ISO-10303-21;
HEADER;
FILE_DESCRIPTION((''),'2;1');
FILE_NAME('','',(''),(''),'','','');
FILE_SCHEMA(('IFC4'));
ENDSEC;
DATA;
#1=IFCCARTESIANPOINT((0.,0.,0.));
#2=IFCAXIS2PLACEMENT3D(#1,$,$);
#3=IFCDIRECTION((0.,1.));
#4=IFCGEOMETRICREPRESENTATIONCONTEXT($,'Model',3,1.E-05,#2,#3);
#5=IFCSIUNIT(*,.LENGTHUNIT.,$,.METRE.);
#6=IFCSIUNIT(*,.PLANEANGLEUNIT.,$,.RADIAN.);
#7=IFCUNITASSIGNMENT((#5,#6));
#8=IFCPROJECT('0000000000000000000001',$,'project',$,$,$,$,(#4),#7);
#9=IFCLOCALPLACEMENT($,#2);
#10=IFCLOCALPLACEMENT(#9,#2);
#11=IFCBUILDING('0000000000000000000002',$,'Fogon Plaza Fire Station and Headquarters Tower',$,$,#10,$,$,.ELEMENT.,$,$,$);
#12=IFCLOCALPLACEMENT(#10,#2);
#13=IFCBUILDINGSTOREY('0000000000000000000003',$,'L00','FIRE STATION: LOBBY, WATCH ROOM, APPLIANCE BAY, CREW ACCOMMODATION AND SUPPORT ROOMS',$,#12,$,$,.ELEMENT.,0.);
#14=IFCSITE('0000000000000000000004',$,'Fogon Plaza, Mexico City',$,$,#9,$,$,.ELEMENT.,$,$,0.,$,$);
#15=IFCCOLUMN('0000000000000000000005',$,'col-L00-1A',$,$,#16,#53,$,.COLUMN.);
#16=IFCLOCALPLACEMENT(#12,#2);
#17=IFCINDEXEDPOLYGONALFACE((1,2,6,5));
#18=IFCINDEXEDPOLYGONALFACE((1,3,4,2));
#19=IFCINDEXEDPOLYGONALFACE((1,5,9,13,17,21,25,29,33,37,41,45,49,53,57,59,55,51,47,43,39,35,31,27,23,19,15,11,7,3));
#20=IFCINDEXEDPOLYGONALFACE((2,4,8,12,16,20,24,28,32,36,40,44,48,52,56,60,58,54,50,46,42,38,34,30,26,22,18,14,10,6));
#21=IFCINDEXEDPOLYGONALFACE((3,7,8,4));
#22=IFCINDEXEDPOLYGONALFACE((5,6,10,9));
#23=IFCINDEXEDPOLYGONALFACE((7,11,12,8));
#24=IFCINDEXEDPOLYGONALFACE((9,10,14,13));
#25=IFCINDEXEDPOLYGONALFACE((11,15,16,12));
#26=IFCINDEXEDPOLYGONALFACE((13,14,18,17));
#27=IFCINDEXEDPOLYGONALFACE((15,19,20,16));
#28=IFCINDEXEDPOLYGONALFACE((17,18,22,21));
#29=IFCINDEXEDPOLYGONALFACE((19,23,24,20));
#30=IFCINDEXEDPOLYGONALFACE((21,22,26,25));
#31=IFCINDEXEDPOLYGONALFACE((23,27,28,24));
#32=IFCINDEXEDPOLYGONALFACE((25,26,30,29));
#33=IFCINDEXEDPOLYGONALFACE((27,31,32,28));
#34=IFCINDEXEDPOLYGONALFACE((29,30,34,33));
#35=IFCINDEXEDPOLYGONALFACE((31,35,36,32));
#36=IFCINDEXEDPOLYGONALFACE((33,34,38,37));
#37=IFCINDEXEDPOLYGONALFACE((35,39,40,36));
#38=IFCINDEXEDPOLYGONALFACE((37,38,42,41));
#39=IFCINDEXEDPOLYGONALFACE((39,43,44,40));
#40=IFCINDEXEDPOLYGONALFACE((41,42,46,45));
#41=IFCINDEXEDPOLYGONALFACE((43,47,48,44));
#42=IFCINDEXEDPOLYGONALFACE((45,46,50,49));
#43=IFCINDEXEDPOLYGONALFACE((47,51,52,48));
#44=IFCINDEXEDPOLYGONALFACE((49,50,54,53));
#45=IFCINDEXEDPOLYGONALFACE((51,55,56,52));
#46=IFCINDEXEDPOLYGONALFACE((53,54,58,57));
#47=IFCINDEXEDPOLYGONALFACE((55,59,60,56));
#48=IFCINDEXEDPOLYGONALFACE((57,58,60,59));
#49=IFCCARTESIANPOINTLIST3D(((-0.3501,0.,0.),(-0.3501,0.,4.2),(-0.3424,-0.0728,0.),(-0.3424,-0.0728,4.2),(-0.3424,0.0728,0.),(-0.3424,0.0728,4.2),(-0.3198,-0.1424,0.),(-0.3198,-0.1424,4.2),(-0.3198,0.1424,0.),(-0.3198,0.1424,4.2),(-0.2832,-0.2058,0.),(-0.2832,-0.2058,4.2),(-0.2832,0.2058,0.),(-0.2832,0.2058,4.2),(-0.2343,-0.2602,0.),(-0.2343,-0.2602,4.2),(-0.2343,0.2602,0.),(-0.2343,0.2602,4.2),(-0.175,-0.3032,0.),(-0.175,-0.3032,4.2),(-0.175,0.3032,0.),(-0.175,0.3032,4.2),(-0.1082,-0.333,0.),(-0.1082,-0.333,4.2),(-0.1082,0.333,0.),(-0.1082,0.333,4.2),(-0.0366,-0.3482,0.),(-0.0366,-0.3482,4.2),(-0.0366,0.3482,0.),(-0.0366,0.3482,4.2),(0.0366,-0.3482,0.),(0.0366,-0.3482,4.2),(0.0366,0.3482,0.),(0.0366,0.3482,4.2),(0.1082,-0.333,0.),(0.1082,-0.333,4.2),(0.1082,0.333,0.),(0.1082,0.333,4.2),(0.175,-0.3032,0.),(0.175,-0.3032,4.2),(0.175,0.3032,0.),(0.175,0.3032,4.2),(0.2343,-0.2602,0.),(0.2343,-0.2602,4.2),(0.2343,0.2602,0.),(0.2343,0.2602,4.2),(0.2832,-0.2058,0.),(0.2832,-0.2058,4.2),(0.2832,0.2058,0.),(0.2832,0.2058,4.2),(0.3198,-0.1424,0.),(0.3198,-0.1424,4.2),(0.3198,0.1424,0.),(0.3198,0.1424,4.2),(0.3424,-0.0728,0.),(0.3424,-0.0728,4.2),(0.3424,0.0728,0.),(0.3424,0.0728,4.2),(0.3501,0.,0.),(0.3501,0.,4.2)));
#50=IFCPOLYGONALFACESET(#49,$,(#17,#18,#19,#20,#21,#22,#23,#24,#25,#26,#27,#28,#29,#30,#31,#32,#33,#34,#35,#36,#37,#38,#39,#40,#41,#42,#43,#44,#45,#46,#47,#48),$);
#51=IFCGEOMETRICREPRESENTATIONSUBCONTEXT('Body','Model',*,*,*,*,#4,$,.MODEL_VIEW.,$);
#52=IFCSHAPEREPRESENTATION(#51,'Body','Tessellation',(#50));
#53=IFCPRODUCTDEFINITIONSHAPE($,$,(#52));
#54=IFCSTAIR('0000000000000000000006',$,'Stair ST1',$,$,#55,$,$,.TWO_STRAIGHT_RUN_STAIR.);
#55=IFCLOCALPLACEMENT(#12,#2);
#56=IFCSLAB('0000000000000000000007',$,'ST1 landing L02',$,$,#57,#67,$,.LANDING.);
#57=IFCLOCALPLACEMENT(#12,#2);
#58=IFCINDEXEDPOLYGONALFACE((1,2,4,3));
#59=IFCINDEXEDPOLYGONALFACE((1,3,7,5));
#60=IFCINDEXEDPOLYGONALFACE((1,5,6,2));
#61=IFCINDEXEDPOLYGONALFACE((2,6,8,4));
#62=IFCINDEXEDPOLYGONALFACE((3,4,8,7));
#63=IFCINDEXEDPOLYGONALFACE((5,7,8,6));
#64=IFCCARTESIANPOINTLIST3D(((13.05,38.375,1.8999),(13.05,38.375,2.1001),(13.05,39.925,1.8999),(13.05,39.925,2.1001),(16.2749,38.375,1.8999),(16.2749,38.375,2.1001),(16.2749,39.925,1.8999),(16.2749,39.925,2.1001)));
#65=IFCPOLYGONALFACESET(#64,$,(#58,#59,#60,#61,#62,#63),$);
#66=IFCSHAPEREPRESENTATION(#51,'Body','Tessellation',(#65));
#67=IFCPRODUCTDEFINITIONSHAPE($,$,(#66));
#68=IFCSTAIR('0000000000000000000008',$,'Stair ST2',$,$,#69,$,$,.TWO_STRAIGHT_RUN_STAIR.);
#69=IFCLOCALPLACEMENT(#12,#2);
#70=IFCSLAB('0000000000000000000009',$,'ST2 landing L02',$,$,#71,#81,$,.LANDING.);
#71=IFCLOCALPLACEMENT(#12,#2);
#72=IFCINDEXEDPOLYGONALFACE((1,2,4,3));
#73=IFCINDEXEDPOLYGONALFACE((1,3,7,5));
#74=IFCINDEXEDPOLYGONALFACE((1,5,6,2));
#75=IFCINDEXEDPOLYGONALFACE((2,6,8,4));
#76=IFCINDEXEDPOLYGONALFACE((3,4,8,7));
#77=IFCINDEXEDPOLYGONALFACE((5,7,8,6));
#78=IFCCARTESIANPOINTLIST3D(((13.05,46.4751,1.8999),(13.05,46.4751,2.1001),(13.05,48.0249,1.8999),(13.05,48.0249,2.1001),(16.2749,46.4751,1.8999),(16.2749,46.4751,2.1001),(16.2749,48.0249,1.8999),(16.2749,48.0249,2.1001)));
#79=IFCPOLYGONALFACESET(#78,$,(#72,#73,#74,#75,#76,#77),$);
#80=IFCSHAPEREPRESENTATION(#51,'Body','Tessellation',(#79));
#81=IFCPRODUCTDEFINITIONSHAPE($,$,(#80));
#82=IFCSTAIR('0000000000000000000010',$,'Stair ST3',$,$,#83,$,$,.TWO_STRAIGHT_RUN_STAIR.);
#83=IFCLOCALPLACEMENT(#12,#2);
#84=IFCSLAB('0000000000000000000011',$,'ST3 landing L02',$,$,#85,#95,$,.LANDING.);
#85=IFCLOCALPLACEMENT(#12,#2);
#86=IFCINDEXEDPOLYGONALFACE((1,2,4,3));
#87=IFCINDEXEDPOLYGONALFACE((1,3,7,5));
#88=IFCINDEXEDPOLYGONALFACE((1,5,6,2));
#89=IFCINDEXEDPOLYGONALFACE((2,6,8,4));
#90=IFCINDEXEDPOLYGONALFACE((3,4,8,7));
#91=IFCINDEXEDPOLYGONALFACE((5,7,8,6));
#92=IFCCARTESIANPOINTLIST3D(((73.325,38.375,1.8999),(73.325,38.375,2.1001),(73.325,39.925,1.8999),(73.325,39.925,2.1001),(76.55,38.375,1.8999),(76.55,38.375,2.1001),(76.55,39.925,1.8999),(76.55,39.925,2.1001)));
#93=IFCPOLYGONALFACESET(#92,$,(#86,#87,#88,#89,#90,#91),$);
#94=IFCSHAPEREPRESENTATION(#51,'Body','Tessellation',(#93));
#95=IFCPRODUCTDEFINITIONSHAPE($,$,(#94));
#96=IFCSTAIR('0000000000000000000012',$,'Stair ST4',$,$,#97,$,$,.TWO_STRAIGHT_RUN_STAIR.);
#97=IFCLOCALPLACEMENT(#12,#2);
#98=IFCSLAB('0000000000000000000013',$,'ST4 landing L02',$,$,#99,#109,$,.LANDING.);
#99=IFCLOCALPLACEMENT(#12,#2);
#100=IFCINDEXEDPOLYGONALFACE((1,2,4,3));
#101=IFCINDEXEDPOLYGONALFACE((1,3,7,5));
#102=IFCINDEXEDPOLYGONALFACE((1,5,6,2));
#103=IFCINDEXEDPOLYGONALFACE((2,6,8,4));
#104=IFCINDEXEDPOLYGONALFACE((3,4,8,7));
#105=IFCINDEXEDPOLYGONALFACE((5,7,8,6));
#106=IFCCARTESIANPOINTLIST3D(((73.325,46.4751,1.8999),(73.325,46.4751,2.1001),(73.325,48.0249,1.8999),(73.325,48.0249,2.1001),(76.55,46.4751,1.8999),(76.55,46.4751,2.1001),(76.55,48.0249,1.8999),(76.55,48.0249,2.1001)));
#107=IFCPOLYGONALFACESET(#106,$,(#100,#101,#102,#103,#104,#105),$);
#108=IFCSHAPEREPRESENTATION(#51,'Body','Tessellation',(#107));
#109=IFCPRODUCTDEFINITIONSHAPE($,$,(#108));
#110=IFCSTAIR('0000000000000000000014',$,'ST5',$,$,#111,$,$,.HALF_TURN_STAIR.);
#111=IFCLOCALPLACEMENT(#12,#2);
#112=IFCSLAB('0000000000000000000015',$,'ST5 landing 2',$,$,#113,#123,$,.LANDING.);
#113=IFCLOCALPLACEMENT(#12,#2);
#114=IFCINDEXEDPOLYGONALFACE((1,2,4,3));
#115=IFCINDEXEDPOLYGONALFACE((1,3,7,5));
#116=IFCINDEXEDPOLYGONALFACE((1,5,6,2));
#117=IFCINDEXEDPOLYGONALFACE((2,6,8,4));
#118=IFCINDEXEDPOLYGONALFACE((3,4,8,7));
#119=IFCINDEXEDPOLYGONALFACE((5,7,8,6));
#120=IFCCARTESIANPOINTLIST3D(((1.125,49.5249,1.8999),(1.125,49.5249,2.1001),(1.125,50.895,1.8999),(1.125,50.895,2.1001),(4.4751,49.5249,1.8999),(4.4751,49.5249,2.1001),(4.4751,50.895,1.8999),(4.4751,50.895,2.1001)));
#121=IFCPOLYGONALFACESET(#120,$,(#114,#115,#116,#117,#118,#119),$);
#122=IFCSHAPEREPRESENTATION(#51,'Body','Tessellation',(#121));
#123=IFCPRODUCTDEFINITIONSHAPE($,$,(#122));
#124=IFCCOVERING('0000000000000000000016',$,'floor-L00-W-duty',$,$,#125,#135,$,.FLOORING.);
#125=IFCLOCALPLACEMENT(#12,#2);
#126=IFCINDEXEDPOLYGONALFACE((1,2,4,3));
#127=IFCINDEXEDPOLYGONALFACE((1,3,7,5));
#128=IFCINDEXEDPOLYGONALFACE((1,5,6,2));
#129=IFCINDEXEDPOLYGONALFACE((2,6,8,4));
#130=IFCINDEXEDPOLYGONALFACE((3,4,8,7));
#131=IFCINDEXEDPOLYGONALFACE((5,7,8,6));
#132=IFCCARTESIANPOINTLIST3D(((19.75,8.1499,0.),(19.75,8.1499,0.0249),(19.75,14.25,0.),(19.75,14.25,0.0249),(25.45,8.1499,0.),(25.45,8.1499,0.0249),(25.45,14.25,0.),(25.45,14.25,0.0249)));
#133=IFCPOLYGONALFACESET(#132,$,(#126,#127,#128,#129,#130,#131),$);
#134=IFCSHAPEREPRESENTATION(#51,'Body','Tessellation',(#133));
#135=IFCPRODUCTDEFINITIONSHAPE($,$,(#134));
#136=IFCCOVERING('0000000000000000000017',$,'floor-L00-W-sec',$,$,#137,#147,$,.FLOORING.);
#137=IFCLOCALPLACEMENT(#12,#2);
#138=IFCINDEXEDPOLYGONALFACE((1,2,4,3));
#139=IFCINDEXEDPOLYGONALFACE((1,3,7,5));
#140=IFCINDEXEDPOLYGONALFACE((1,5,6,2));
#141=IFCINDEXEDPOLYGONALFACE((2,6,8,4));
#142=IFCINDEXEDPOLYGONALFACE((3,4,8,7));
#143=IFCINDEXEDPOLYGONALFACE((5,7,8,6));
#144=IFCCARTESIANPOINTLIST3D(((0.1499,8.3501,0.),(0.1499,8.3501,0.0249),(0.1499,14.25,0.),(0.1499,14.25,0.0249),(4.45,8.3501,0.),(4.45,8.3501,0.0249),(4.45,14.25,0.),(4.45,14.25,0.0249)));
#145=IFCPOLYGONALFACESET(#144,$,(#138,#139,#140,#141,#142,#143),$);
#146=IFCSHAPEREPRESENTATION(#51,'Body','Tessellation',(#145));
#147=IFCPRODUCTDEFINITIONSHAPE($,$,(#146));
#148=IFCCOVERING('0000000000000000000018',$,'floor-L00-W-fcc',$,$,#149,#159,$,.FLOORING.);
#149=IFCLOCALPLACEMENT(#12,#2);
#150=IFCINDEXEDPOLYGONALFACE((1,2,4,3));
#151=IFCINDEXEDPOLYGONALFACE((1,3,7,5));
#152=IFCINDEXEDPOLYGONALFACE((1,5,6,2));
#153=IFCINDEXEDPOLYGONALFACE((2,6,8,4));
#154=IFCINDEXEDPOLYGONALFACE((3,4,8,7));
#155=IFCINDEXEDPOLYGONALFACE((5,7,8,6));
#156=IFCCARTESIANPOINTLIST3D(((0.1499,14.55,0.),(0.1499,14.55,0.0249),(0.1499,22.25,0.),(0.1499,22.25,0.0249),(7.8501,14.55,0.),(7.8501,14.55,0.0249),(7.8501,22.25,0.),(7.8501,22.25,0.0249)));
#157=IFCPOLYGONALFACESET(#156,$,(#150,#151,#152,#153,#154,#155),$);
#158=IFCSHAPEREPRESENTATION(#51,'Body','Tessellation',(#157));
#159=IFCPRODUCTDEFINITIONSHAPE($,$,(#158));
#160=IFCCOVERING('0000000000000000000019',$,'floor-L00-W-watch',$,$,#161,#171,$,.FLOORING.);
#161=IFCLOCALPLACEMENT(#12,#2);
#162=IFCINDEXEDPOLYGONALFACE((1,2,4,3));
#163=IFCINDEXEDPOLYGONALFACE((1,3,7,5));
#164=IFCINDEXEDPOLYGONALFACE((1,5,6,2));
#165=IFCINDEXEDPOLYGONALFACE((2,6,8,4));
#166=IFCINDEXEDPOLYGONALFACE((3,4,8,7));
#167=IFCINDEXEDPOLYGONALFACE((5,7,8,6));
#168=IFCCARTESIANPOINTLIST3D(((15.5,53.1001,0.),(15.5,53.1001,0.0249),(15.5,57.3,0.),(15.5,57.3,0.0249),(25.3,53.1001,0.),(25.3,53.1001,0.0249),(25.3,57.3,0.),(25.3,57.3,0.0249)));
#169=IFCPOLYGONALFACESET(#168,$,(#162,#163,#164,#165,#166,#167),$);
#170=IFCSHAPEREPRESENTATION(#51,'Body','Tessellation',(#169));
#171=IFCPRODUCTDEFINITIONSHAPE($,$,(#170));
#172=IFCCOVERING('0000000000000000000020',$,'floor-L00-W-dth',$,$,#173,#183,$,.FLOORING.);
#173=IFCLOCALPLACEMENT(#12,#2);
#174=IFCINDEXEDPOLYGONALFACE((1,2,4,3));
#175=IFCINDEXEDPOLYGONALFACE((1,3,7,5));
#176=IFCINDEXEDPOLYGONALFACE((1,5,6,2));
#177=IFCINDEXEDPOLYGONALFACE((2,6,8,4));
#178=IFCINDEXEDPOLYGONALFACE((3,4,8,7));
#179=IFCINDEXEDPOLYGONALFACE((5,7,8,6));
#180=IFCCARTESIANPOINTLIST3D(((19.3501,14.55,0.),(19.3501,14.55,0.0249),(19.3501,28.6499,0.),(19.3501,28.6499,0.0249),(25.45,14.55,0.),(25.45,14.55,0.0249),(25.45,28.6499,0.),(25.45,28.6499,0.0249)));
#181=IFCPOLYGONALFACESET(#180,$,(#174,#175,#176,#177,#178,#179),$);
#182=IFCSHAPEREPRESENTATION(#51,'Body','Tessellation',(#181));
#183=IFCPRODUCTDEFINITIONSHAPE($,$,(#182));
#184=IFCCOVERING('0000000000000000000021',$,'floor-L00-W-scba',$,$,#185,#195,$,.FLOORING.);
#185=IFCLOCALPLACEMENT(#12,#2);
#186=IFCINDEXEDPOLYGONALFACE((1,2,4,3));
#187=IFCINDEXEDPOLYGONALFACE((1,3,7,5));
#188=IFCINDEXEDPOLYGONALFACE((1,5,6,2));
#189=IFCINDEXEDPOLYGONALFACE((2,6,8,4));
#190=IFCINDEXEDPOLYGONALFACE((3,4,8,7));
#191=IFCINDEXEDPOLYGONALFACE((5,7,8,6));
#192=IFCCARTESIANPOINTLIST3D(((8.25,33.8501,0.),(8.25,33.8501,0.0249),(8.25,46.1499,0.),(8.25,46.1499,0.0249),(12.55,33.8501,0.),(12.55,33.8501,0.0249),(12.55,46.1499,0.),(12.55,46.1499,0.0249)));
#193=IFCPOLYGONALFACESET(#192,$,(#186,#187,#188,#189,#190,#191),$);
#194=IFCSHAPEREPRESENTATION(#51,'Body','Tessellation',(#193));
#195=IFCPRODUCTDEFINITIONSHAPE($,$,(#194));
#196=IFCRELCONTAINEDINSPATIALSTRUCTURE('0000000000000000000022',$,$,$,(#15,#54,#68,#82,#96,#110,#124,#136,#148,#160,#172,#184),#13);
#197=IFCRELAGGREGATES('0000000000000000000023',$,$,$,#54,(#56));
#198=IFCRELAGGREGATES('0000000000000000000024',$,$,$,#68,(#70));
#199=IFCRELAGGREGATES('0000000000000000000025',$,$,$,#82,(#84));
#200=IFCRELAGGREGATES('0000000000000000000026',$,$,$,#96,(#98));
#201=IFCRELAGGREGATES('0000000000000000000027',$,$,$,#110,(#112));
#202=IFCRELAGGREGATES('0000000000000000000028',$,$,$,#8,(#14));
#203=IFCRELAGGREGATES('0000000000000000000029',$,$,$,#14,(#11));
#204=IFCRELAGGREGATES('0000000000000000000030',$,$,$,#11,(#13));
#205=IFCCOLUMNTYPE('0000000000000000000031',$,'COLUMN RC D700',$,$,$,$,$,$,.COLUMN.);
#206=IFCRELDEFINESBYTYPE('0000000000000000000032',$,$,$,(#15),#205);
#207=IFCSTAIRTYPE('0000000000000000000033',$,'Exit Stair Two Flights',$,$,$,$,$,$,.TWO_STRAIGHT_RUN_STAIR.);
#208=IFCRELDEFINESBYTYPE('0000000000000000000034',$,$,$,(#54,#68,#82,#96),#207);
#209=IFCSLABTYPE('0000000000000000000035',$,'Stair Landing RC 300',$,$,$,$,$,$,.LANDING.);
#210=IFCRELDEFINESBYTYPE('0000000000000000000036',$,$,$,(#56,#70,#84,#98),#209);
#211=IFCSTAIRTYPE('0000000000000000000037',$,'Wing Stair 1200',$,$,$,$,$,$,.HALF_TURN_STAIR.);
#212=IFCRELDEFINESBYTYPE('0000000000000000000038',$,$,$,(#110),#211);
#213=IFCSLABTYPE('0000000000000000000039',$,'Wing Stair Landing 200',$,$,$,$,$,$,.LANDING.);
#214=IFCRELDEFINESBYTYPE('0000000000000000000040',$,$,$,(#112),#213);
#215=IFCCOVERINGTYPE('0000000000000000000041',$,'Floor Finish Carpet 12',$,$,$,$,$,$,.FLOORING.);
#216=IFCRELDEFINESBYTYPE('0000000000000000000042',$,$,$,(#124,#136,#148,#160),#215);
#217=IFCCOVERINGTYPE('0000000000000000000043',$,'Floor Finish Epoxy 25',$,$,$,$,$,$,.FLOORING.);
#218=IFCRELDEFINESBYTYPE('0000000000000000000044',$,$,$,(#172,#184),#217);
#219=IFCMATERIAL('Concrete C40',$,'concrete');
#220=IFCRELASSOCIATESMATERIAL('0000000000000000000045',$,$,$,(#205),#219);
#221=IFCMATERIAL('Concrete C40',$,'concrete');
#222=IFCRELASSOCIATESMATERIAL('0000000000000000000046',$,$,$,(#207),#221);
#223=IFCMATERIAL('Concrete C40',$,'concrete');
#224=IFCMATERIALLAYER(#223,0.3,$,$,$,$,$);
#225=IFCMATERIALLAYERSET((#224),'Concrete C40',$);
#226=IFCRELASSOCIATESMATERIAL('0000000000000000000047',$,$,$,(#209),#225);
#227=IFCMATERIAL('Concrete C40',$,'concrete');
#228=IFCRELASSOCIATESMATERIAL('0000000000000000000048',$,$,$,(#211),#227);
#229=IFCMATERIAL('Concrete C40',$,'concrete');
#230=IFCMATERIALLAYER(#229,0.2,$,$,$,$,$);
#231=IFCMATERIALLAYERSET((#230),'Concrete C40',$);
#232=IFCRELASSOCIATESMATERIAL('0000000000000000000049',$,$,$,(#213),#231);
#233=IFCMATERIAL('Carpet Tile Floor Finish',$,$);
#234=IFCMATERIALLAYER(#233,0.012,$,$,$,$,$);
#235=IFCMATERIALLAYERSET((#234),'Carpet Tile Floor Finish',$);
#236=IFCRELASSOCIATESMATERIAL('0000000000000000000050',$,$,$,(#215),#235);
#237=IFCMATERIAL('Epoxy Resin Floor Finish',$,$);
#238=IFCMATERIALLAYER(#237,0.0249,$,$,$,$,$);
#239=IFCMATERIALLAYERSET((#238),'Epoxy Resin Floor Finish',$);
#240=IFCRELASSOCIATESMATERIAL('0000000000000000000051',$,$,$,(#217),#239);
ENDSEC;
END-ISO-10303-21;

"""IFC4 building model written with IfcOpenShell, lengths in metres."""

from ifc_helpers import new_model, si_unit, direction, frame, origin, origin_with_axes, origin_2d, place, context, subcontext, project, spatial, polyline, circle, outline, extrude, material, layer, layer_set, material_profile, profile_set, type_object, element, aggregate, save


model = new_model("IFC4")

# Units and contexts
model_context = context("Model", 3, precision=1e-05, world=origin(), true_north=direction((0.0, 1.0)))
body_context = subcontext(model_context, "Body", "Model", "MODEL_VIEW")
ifc_project = project(units=[si_unit("LENGTHUNIT", "METRE"), si_unit("PLANEANGLEUNIT", "RADIAN")], contexts=[model_context])

# Site, building, storey
site_placement = place(None, origin())
site = spatial("IfcSite", under=ifc_project, at=site_placement, Name="Fogon Plaza, Mexico City", CompositionType="ELEMENT", RefElevation=0.0)
building_placement = place(site_placement, origin())
building = spatial("IfcBuilding", under=site, at=building_placement, Name="Fogon Plaza Fire Station and Headquarters Tower", CompositionType="ELEMENT")
storey_placement = place(building_placement, origin())
storey = spatial("IfcBuildingStorey", under=building, at=storey_placement, Name="L00", Description="FIRE STATION: LOBBY, WATCH ROOM, APPLIANCE BAY, CREW ACCOMMODATION AND SUPPORT ROOMS", CompositionType="ELEMENT", Elevation=0.0)

# Column
ifc_material_1 = material(Name="Concrete C40", Category="concrete")
ifc_material_profile = material_profile(ifc_material_1, circle(Radius=0.3501, at=origin_2d()), Name="RC D700")
ifc_profile_set = profile_set([ifc_material_profile], Name="Concrete C40")
column_type = type_object("IfcColumnType", Name="COLUMN RC D700", PredefinedType="COLUMN", material=ifc_profile_set)
column_placement = place(storey_placement, origin_with_axes())
element("IfcColumn", 1, at=column_placement, inside=storey, type_object=column_type, Name="col-L00-1A", PredefinedType="COLUMN", context=body_context, shape_type="SweptSolid", body=[
    extrude(circle(Radius=0.3501, at=origin_2d()), origin(), (0.0, 0.0, 1.0), 4.2),
])

# Stairs, slabs
ifc_material_2 = material(Name="Concrete C40", Category="concrete")
stair_type_1 = type_object("IfcStairType", Name="Exit Stair Two Flights", PredefinedType="TWO_STRAIGHT_RUN_STAIR", material=ifc_material_2)
stair_1_placement = place(storey_placement, origin())
stair_1 = element("IfcStair", 2, at=stair_1_placement, inside=storey, type_object=stair_type_1, Name="Stair ST1", PredefinedType="TWO_STRAIGHT_RUN_STAIR")
ifc_material_3 = material(Name="Concrete C40", Category="concrete")
ifc_layer_1 = layer(ifc_material_3, 0.3)
ifc_layer_set_1 = layer_set([ifc_layer_1], Name="Concrete C40")
slab_type_1 = type_object("IfcSlabType", Name="Stair Landing RC 300", PredefinedType="LANDING", material=ifc_layer_set_1)
slab_1_placement = place(storey_placement, frame((0.0, 0.0, 1.8999)))
slab_1 = element("IfcSlab", 3, at=slab_1_placement, type_object=slab_type_1, Name="ST1 landing L02", PredefinedType="LANDING", context=body_context, shape_type="SweptSolid", body=[
    extrude(outline(polyline([(16.2749, 38.375), (16.2749, 39.925), (13.05, 39.925), (13.05, 38.375), (16.2749, 38.375)])), origin(), (0.0, 0.0, 1.0), 0.2002),
])
aggregate(stair_1, [slab_1])
stair_2_placement = place(storey_placement, origin())
stair_2 = element("IfcStair", 4, at=stair_2_placement, inside=storey, type_object=stair_type_1, Name="Stair ST2", PredefinedType="TWO_STRAIGHT_RUN_STAIR")
slab_2_placement = place(storey_placement, frame((0.0, 0.0, 1.8999)))
slab_2 = element("IfcSlab", 5, at=slab_2_placement, type_object=slab_type_1, Name="ST2 landing L02", PredefinedType="LANDING", context=body_context, shape_type="SweptSolid", body=[
    extrude(outline(polyline([(16.2749, 46.4751), (16.2749, 48.0249), (13.05, 48.0249), (13.05, 46.4751), (16.2749, 46.4751)])), origin(), (0.0, 0.0, 1.0), 0.2002),
])
aggregate(stair_2, [slab_2])
stair_3_placement = place(storey_placement, origin())
stair_3 = element("IfcStair", 6, at=stair_3_placement, inside=storey, type_object=stair_type_1, Name="Stair ST3", PredefinedType="TWO_STRAIGHT_RUN_STAIR")
slab_3_placement = place(storey_placement, frame((0.0, 0.0, 1.8999)))
slab_3 = element("IfcSlab", 7, at=slab_3_placement, type_object=slab_type_1, Name="ST3 landing L02", PredefinedType="LANDING", context=body_context, shape_type="SweptSolid", body=[
    extrude(outline(polyline([(73.325, 38.375), (76.55, 38.375), (76.55, 39.925), (73.325, 39.925), (73.325, 38.375)])), origin(), (0.0, 0.0, 1.0), 0.2002),
])
aggregate(stair_3, [slab_3])
stair_4_placement = place(storey_placement, origin())
stair_4 = element("IfcStair", 8, at=stair_4_placement, inside=storey, type_object=stair_type_1, Name="Stair ST4", PredefinedType="TWO_STRAIGHT_RUN_STAIR")
slab_4_placement = place(storey_placement, frame((0.0, 0.0, 1.8999)))
slab_4 = element("IfcSlab", 9, at=slab_4_placement, type_object=slab_type_1, Name="ST4 landing L02", PredefinedType="LANDING", context=body_context, shape_type="SweptSolid", body=[
    extrude(outline(polyline([(73.325, 46.4751), (76.55, 46.4751), (76.55, 48.0249), (73.325, 48.0249), (73.325, 46.4751)])), origin(), (0.0, 0.0, 1.0), 0.2002),
])
aggregate(stair_4, [slab_4])
ifc_material_4 = material(Name="Concrete C40", Category="concrete")
stair_type_2 = type_object("IfcStairType", Name="Wing Stair 1200", PredefinedType="HALF_TURN_STAIR", material=ifc_material_4)
stair_5_placement = place(storey_placement, origin())
stair_5 = element("IfcStair", 10, at=stair_5_placement, inside=storey, type_object=stair_type_2, Name="ST5", PredefinedType="HALF_TURN_STAIR")
ifc_material_5 = material(Name="Concrete C40", Category="concrete")
ifc_layer_2 = layer(ifc_material_5, 0.2)
ifc_layer_set_2 = layer_set([ifc_layer_2], Name="Concrete C40")
slab_type_2 = type_object("IfcSlabType", Name="Wing Stair Landing 200", PredefinedType="LANDING", material=ifc_layer_set_2)
slab_5_placement = place(storey_placement, frame((0.0, 0.0, 1.8999)))
slab_5 = element("IfcSlab", 11, at=slab_5_placement, type_object=slab_type_2, Name="ST5 landing 2", PredefinedType="LANDING", context=body_context, shape_type="SweptSolid", body=[
    extrude(outline(polyline([(1.125, 49.5249), (4.4751, 49.5249), (4.4751, 50.895), (1.125, 50.895), (1.125, 49.5249)])), origin(), (0.0, 0.0, 1.0), 0.2002),
])
aggregate(stair_5, [slab_5])

# Coverings
ifc_material_6 = material(Name="Carpet Tile Floor Finish")
ifc_layer_3 = layer(ifc_material_6, 0.012)
ifc_layer_set_3 = layer_set([ifc_layer_3], Name="Carpet Tile Floor Finish")
covering_type_1 = type_object("IfcCoveringType", Name="Floor Finish Carpet 12", PredefinedType="FLOORING", material=ifc_layer_set_3)
covering_1_placement = place(storey_placement, origin())
element("IfcCovering", 12, at=covering_1_placement, inside=storey, type_object=covering_type_1, Name="floor-L00-W-duty", PredefinedType="FLOORING", context=body_context, shape_type="SweptSolid", body=[
    extrude(outline(polyline([(19.75, 8.1499), (19.75, 14.25), (25.45, 14.25), (25.45, 8.1499), (19.75, 8.1499)])), origin(), (0.0, 0.0, 1.0), 0.0249),
])
covering_2_placement = place(storey_placement, origin())
element("IfcCovering", 13, at=covering_2_placement, inside=storey, type_object=covering_type_1, Name="floor-L00-W-sec", PredefinedType="FLOORING", context=body_context, shape_type="SweptSolid", body=[
    extrude(outline(polyline([(0.1499, 8.3501), (0.1499, 14.25), (4.45, 14.25), (4.45, 8.3501), (0.1499, 8.3501)])), origin(), (0.0, 0.0, 1.0), 0.0249),
])
covering_3_placement = place(storey_placement, origin())
element("IfcCovering", 14, at=covering_3_placement, inside=storey, type_object=covering_type_1, Name="floor-L00-W-fcc", PredefinedType="FLOORING", context=body_context, shape_type="SweptSolid", body=[
    extrude(outline(polyline([(0.1499, 14.55), (0.1499, 22.25), (7.8501, 22.25), (7.8501, 14.55), (0.1499, 14.55)])), origin(), (0.0, 0.0, 1.0), 0.0249),
])
covering_4_placement = place(storey_placement, origin())
element("IfcCovering", 15, at=covering_4_placement, inside=storey, type_object=covering_type_1, Name="floor-L00-W-watch", PredefinedType="FLOORING", context=body_context, shape_type="SweptSolid", body=[
    extrude(outline(polyline([(15.5, 53.1001), (15.5, 57.3), (25.3, 57.3), (25.3, 53.1001), (15.5, 53.1001)])), origin(), (0.0, 0.0, 1.0), 0.0249),
])
ifc_material_7 = material(Name="Epoxy Resin Floor Finish")
ifc_layer_4 = layer(ifc_material_7, 0.0249)
ifc_layer_set_4 = layer_set([ifc_layer_4], Name="Epoxy Resin Floor Finish")
covering_type_2 = type_object("IfcCoveringType", Name="Floor Finish Epoxy 25", PredefinedType="FLOORING", material=ifc_layer_set_4)
covering_5_placement = place(storey_placement, origin())
element("IfcCovering", 16, at=covering_5_placement, inside=storey, type_object=covering_type_2, Name="floor-L00-W-dth", PredefinedType="FLOORING", context=body_context, shape_type="SweptSolid", body=[
    extrude(outline(polyline([(19.3501, 14.55), (19.3501, 28.6499), (25.45, 28.6499), (25.45, 14.55), (19.3501, 14.55)])), origin(), (0.0, 0.0, 1.0), 0.0249),
])
covering_6_placement = place(storey_placement, origin())
element("IfcCovering", 17, at=covering_6_placement, inside=storey, type_object=covering_type_2, Name="floor-L00-W-scba", PredefinedType="FLOORING", context=body_context, shape_type="SweptSolid", body=[
    extrude(outline(polyline([(8.25, 33.8501), (8.25, 46.1499), (12.55, 46.1499), (12.55, 33.8501), (8.25, 33.8501)])), origin(), (0.0, 0.0, 1.0), 0.0249),
])

save(model, "model.ifc")
